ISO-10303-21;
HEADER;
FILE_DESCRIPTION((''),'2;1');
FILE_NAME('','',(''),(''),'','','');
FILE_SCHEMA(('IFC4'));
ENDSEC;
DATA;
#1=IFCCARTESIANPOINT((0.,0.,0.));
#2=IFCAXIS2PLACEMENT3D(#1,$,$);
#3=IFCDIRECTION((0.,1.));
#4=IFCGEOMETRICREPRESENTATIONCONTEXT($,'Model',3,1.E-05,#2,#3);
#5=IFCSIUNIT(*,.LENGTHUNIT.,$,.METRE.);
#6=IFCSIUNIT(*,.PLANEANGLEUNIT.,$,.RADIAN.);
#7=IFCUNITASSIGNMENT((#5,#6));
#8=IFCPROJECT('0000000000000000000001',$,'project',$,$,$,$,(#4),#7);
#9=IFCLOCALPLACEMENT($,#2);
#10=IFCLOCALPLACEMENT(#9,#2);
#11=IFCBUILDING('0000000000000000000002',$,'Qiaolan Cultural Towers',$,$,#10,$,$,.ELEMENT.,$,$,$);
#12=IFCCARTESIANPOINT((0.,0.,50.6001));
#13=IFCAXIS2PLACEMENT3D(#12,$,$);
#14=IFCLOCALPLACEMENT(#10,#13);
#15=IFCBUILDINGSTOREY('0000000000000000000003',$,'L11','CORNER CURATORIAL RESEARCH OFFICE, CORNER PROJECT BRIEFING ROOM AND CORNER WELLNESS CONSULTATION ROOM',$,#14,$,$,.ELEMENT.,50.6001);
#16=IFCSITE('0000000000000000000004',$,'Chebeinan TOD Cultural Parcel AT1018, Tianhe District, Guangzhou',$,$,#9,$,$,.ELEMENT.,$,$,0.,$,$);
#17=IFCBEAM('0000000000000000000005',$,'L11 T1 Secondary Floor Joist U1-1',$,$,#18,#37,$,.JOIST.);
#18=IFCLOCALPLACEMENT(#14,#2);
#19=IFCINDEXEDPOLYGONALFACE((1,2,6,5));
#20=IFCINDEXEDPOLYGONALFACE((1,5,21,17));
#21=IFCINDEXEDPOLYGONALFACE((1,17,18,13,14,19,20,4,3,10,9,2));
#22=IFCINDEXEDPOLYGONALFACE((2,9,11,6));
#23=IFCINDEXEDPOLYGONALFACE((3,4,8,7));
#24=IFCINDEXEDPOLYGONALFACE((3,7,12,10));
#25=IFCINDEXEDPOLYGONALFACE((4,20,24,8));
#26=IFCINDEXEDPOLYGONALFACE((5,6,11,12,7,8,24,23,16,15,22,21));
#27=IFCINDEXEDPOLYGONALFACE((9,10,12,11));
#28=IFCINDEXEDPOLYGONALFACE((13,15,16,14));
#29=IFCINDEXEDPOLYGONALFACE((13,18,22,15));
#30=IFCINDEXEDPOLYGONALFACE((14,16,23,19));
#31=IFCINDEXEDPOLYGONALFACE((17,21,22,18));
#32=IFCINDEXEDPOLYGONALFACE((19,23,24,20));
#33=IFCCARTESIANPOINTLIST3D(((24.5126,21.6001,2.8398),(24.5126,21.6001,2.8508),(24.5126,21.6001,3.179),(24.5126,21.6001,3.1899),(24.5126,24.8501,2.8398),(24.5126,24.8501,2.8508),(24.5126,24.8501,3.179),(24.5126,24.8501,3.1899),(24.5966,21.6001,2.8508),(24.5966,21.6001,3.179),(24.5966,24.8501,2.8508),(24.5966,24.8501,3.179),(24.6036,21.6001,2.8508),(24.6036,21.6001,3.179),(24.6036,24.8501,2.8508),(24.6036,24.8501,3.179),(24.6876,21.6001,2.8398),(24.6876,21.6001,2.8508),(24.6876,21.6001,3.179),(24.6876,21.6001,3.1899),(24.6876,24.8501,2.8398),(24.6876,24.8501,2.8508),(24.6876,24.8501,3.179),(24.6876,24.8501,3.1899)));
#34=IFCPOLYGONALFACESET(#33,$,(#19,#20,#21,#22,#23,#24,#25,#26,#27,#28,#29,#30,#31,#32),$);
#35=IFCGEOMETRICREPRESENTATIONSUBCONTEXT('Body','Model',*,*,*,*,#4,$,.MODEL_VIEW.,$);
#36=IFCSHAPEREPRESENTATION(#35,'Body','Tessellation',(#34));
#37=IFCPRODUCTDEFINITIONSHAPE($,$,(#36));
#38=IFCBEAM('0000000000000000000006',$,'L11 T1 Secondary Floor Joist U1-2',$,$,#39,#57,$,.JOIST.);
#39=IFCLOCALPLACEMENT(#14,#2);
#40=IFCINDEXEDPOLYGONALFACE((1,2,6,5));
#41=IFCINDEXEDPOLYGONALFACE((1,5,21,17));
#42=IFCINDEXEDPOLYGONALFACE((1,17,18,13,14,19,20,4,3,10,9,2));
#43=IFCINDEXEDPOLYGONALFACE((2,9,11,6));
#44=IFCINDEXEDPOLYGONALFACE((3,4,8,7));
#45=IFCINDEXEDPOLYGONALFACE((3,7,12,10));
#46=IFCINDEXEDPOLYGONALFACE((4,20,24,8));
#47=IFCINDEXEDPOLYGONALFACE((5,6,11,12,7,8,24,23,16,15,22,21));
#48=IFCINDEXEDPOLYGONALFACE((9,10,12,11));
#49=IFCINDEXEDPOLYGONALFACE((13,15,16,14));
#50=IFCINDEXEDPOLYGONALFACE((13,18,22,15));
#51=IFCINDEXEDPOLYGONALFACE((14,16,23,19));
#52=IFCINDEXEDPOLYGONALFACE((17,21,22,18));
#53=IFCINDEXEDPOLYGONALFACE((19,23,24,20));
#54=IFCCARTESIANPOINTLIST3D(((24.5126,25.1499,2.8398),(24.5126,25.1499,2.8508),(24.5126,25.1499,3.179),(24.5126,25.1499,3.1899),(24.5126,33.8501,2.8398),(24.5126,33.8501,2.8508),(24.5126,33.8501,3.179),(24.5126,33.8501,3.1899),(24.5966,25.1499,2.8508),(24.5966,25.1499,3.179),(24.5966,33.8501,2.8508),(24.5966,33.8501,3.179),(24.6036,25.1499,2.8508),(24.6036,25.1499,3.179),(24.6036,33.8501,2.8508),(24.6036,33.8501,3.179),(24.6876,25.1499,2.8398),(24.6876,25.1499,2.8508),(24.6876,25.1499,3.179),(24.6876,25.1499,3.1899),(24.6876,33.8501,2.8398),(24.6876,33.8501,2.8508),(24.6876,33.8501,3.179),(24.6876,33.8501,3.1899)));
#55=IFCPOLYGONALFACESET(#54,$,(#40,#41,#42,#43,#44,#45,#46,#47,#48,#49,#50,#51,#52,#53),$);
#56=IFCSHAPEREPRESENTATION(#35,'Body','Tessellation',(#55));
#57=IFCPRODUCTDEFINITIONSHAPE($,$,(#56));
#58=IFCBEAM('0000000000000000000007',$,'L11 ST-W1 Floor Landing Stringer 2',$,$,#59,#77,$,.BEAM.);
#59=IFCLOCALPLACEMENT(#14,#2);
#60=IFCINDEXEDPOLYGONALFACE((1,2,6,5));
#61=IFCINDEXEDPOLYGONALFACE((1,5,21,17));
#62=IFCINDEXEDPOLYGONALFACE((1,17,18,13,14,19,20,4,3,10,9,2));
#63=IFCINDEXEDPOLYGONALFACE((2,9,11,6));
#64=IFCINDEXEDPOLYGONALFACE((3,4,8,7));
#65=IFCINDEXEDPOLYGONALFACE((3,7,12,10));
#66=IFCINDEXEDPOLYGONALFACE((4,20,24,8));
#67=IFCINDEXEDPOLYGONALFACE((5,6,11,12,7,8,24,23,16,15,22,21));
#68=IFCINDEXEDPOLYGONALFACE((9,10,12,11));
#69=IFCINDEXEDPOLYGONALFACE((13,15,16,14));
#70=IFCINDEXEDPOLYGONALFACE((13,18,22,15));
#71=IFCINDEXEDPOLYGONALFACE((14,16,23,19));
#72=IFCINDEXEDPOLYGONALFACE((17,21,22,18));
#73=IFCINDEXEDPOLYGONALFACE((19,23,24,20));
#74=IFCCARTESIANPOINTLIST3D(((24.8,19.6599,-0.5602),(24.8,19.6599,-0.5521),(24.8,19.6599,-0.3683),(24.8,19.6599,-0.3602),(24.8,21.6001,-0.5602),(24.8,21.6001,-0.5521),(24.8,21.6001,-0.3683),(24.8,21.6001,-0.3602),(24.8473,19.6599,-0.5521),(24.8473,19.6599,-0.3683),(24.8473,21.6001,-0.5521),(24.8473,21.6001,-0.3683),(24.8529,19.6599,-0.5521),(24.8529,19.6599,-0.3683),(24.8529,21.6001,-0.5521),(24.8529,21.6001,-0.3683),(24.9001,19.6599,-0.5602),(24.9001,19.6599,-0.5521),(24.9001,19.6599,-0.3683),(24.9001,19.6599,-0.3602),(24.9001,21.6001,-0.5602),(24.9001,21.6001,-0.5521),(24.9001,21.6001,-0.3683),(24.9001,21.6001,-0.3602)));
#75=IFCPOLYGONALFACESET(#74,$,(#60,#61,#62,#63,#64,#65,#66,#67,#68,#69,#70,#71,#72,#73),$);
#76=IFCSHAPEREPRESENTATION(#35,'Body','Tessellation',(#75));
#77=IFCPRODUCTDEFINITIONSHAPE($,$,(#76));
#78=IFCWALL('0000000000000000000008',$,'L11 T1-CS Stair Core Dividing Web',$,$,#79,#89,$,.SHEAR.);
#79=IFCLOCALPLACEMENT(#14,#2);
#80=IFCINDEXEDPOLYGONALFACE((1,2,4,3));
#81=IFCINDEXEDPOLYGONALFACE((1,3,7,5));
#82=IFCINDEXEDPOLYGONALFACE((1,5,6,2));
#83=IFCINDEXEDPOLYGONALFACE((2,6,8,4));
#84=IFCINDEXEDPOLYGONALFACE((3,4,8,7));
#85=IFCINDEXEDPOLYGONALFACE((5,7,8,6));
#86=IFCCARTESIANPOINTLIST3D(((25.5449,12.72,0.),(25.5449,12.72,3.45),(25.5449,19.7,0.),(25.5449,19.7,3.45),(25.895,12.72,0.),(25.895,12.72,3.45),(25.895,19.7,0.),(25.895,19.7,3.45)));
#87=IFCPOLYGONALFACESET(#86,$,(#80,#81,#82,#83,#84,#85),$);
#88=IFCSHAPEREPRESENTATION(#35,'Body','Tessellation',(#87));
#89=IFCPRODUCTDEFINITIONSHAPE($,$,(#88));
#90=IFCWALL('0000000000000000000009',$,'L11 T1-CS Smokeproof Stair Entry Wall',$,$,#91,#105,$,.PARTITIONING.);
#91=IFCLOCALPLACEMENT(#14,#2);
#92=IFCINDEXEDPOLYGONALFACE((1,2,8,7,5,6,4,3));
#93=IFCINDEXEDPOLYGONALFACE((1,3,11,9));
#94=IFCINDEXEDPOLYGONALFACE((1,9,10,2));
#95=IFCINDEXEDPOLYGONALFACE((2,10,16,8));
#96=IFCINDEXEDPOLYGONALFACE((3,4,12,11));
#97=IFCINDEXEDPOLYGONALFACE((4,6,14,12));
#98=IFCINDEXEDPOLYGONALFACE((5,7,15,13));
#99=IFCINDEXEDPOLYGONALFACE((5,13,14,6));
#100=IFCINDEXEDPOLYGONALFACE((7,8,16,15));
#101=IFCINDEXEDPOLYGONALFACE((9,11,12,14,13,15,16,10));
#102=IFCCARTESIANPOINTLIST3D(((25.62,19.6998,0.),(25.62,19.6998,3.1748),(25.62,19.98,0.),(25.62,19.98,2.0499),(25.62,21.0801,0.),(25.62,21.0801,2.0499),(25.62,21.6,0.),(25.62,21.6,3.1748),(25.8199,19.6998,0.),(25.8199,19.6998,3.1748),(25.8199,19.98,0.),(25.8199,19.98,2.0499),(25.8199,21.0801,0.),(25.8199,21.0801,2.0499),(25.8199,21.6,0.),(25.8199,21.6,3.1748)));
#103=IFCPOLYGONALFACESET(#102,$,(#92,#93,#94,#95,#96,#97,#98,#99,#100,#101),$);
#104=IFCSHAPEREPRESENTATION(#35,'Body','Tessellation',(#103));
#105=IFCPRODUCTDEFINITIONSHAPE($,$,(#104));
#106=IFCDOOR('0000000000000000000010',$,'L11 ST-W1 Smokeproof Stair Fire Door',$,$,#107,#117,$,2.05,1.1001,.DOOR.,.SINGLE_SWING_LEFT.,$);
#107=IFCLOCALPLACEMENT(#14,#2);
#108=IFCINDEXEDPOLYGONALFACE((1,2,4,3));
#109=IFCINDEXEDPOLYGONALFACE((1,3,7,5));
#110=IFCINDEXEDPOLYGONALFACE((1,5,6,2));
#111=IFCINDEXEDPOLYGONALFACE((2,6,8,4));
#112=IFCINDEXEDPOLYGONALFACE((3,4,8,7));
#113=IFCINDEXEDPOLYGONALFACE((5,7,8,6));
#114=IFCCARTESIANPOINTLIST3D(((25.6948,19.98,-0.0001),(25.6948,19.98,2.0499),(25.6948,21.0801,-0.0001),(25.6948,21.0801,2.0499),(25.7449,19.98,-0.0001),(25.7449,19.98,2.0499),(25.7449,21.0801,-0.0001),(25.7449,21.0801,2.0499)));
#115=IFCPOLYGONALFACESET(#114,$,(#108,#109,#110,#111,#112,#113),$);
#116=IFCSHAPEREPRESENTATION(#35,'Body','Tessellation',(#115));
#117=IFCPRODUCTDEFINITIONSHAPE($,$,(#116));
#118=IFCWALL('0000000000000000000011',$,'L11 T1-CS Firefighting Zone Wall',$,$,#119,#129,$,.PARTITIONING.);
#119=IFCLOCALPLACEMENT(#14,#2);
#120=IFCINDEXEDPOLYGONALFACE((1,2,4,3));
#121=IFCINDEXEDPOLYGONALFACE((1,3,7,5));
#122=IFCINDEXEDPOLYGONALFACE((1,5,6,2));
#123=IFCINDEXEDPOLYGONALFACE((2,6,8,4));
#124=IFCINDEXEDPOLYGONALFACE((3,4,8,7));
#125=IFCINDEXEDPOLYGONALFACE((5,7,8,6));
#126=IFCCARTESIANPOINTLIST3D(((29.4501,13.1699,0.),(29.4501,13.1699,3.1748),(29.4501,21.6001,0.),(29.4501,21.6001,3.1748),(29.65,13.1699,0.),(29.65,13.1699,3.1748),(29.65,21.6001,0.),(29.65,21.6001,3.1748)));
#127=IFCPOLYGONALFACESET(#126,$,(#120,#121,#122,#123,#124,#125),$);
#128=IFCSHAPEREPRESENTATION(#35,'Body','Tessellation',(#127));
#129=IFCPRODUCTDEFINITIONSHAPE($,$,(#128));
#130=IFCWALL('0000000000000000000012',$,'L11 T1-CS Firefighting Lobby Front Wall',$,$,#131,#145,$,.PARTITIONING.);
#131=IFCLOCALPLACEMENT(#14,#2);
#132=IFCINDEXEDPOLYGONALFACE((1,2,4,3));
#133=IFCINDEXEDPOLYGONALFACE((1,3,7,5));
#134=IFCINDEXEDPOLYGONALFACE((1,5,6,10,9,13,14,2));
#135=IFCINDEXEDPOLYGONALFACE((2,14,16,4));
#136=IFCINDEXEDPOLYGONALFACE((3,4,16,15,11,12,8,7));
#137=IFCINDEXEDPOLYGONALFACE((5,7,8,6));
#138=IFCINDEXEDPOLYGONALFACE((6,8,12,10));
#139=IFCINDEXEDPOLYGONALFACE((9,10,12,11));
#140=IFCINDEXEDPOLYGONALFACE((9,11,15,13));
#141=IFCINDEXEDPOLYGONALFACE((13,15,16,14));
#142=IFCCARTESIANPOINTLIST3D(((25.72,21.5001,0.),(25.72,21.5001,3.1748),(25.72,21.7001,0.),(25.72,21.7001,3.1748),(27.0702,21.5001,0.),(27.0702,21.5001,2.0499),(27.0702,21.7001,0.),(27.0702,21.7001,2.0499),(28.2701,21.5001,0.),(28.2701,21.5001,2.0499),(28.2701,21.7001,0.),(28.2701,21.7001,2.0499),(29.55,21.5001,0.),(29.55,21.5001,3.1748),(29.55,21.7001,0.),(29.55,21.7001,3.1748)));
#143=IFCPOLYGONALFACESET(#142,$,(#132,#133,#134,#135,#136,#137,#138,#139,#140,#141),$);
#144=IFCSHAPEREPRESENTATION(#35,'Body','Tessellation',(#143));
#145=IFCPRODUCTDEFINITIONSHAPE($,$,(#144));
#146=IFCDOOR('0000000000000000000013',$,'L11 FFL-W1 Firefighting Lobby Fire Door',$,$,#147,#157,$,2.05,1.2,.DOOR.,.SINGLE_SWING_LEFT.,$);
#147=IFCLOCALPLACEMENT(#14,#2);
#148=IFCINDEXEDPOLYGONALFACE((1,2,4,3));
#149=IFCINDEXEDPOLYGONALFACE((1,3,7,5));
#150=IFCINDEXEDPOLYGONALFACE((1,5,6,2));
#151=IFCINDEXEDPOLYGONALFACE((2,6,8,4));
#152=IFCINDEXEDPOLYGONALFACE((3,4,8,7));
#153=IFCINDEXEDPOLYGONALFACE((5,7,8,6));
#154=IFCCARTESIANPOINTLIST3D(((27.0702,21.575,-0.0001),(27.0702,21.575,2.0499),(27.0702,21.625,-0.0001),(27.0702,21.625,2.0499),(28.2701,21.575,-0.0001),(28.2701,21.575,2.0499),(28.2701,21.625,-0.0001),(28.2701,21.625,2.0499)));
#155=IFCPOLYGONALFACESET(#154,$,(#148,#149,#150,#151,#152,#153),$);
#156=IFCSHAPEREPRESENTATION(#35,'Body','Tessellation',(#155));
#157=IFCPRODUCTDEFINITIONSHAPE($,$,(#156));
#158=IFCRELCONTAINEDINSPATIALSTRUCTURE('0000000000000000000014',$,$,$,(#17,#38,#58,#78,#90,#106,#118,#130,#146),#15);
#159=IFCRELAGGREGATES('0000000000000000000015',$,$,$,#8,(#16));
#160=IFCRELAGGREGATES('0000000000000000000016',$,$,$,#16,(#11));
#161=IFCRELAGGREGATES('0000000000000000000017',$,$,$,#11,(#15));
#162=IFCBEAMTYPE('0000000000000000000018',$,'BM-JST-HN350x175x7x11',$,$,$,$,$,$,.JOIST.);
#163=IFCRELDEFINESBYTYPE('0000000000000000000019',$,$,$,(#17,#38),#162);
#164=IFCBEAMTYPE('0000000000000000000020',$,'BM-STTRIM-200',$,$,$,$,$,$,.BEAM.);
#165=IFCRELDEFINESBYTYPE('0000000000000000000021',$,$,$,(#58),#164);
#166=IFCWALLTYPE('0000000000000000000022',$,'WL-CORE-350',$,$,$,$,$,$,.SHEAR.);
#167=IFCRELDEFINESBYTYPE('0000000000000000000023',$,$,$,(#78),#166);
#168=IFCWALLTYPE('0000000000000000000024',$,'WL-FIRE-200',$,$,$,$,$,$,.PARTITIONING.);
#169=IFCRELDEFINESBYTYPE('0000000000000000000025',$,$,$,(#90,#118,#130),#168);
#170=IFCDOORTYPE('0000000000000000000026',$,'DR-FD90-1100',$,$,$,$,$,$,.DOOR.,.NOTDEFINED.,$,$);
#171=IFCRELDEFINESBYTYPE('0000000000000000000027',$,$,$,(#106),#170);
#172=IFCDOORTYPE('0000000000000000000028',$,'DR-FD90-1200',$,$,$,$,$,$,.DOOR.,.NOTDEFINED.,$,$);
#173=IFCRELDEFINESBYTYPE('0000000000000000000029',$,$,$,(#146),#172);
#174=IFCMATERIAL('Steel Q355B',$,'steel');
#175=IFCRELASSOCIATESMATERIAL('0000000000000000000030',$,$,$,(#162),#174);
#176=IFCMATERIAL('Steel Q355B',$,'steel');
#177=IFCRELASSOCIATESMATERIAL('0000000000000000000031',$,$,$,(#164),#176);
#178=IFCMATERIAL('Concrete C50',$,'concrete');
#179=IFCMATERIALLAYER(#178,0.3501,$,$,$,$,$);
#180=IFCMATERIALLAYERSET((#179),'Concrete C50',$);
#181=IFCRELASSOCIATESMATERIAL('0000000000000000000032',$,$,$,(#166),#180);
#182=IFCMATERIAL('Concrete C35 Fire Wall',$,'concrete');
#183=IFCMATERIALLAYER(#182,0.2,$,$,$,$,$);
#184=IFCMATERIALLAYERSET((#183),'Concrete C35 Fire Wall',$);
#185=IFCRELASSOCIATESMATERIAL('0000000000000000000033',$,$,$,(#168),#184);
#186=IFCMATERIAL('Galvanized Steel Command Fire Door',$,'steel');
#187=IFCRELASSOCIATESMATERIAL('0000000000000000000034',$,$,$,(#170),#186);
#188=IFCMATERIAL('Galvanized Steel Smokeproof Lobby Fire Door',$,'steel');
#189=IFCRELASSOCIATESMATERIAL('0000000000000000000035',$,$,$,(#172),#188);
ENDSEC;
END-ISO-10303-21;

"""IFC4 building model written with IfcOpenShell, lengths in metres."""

from ifc_helpers import new_model, si_unit, direction, frame, frame_2d, origin, origin_2d, place, context, subcontext, project, spatial, rectangle, i_section, extrude, material, layer, layer_set, material_profile, profile_set, type_object, element, fill, save


model = new_model("IFC4")

# Units and contexts
model_context = context("Model", 3, precision=1e-05, world=origin(), true_north=direction((0.0, 1.0)))
body_context = subcontext(model_context, "Body", "Model", "MODEL_VIEW")
ifc_project = project(units=[si_unit("LENGTHUNIT", "METRE"), si_unit("PLANEANGLEUNIT", "RADIAN")], contexts=[model_context])

# Site, building, storey
site_placement = place(None, origin())
site = spatial("IfcSite", under=ifc_project, at=site_placement, Name="Chebeinan TOD Cultural Parcel AT1018, Tianhe District, Guangzhou", CompositionType="ELEMENT", RefElevation=0.0)
building_placement = place(site_placement, origin())
building = spatial("IfcBuilding", under=site, at=building_placement, Name="Qiaolan Cultural Towers", CompositionType="ELEMENT")
storey_placement = place(building_placement, frame((0.0, 0.0, 50.6001)))
storey = spatial("IfcBuildingStorey", under=building, at=storey_placement, Name="L11", Description="CORNER CURATORIAL RESEARCH OFFICE, CORNER PROJECT BRIEFING ROOM AND CORNER WELLNESS CONSULTATION ROOM", CompositionType="ELEMENT", Elevation=50.6001)

# Beams
ifc_material_1 = material(Name="Steel Q355B", Category="steel")
ifc_material_profile_1 = material_profile(ifc_material_1, i_section(OverallWidth=0.175, OverallDepth=0.3501, WebThickness=0.0071, FlangeThickness=0.011, at=origin_2d()), Name="HN350x175x7x11")
ifc_profile_set_1 = profile_set([ifc_material_profile_1], Name="Steel Q355B")
beam_type_1 = type_object("IfcBeamType", Name="BM-JST-HN350x175x7x11", PredefinedType="JOIST", material=ifc_profile_set_1)
beam_1_placement = place(storey_placement, frame((24.6001, 21.6001, 3.0149), z_axis=(0.0, 1.0, 0.0), x_axis=(-1.0, 0.0, 0.0)))
element("IfcBeam", 1, at=beam_1_placement, inside=storey, type_object=beam_type_1, Name="L11 T1 Secondary Floor Joist U1-1", PredefinedType="JOIST", context=body_context, shape_type="SweptSolid", body=[
    extrude(i_section(OverallWidth=0.175, OverallDepth=0.3501, WebThickness=0.0071, FlangeThickness=0.011, at=origin_2d()), origin(), (0.0, 0.0, 1.0), 3.25),
])
beam_2_placement = place(storey_placement, frame((24.6001, 25.1499, 3.0149), z_axis=(0.0, 1.0, 0.0), x_axis=(-1.0, 0.0, 0.0)))
element("IfcBeam", 2, at=beam_2_placement, inside=storey, type_object=beam_type_1, Name="L11 T1 Secondary Floor Joist U1-2", PredefinedType="JOIST", context=body_context, shape_type="SweptSolid", body=[
    extrude(i_section(OverallWidth=0.175, OverallDepth=0.3501, WebThickness=0.0071, FlangeThickness=0.011, at=origin_2d()), origin(), (0.0, 0.0, 1.0), 8.7002),
])
ifc_material_2 = material(Name="Steel Q355B", Category="steel")
ifc_material_profile_2 = material_profile(ifc_material_2, i_section(OverallWidth=0.1001, OverallDepth=0.2, WebThickness=0.0056, FlangeThickness=0.0081, at=origin_2d()), Name="HN200x100x5.5x8")
ifc_profile_set_2 = profile_set([ifc_material_profile_2], Name="Steel Q355B")
beam_type_2 = type_object("IfcBeamType", Name="BM-STTRIM-200", PredefinedType="BEAM", material=ifc_profile_set_2)
beam_3_placement = place(storey_placement, frame((24.8501, 21.6001, -0.4602), z_axis=(0.0, -1.0, 0.0), x_axis=(1.0, 0.0, 0.0)))
element("IfcBeam", 3, at=beam_3_placement, inside=storey, type_object=beam_type_2, Name="L11 ST-W1 Floor Landing Stringer 2", PredefinedType="BEAM", context=body_context, shape_type="SweptSolid", body=[
    extrude(i_section(OverallWidth=0.1001, OverallDepth=0.2, WebThickness=0.0056, FlangeThickness=0.0081, at=origin_2d()), origin(), (0.0, 0.0, 1.0), 1.9402),
])

# Wall
ifc_material_3 = material(Name="Concrete C50", Category="concrete")
ifc_layer_1 = layer(ifc_material_3, 0.3501)
ifc_layer_set_1 = layer_set([ifc_layer_1], Name="Concrete C50")
wall_type_1 = type_object("IfcWallType", Name="WL-CORE-350", PredefinedType="SHEAR", material=ifc_layer_set_1)
wall_1_placement = place(storey_placement, frame((25.72, 19.7, 0.0), z_axis=(0.0, 0.0, 1.0), x_axis=(0.0, -1.0, 0.0)))
element("IfcWall", 4, at=wall_1_placement, inside=storey, type_object=wall_type_1, Name="L11 T1-CS Stair Core Dividing Web", PredefinedType="SHEAR", context=body_context, shape_type="SweptSolid", body=[
    extrude(rectangle(XDim=6.98, YDim=0.3501, at=frame_2d((3.49, 0.0))), origin(), (0.0, 0.0, 1.0), 3.45),
])

# Wall, opening, door
ifc_material_4 = material(Name="Concrete C35 Fire Wall", Category="concrete")
ifc_layer_2 = layer(ifc_material_4, 0.2)
ifc_layer_set_2 = layer_set([ifc_layer_2], Name="Concrete C35 Fire Wall")
wall_type_2 = type_object("IfcWallType", Name="WL-FIRE-200", PredefinedType="PARTITIONING", material=ifc_layer_set_2)
wall_2_placement = place(storey_placement, frame((25.72, 21.6001, 0.0), z_axis=(0.0, 0.0, 1.0), x_axis=(0.0, -1.0, 0.0)))
wall_2 = element("IfcWall", 5, at=wall_2_placement, inside=storey, type_object=wall_type_2, Name="L11 T1-CS Smokeproof Stair Entry Wall", PredefinedType="PARTITIONING", context=body_context, shape_type="SweptSolid", body=[
    extrude(rectangle(XDim=1.9001, YDim=0.2, at=frame_2d((0.9502, 0.0))), origin(), (0.0, 0.0, 1.0), 3.1748),
])
opening_1_placement = place(wall_2_placement, frame((0.52, 0.0, 0.0)))
opening_1 = element("IfcOpeningElement", 6, at=opening_1_placement, cuts=wall_2, PredefinedType="OPENING", context=body_context, shape_type="SweptSolid", body=[
    extrude(rectangle(XDim=1.1001, YDim=2.05, at=frame_2d((0.55, 1.0249))), frame((0.0, 0.1099, 0.0), z_axis=(0.0, -1.0, 0.0), x_axis=(1.0, 0.0, 0.0)), (0.0, 0.0, 1.0), 0.22),
])
ifc_material_5 = material(Name="Galvanized Steel Command Fire Door", Category="steel")
door_type_1 = type_object("IfcDoorType", Name="DR-FD90-1100", OperationType="NOTDEFINED", PredefinedType="DOOR", material=ifc_material_5)
door_1_placement = place(opening_1_placement, origin())
door_1 = element("IfcDoor", 7, at=door_1_placement, inside=storey, type_object=door_type_1, Name="L11 ST-W1 Smokeproof Stair Fire Door", OperationType="SINGLE_SWING_LEFT", OverallHeight=2.05, OverallWidth=1.1001, PredefinedType="DOOR", context=body_context, shape_type="SweptSolid", body=[
    extrude(rectangle(XDim=1.1001, YDim=2.05, at=frame_2d((0.55, 1.0249))), frame((0.0, 0.0249, 0.0), z_axis=(0.0, -1.0, 0.0), x_axis=(1.0, 0.0, 0.0)), (0.0, 0.0, 1.0), 0.05),
])
fill(opening_1, door_1)

# Wall
wall_3_placement = place(storey_placement, frame((29.55, 21.6001, 0.0), z_axis=(0.0, 0.0, 1.0), x_axis=(0.0, -1.0, 0.0)))
element("IfcWall", 8, at=wall_3_placement, inside=storey, type_object=wall_type_2, Name="L11 T1-CS Firefighting Zone Wall", PredefinedType="PARTITIONING", context=body_context, shape_type="SweptSolid", body=[
    extrude(rectangle(XDim=8.4302, YDim=0.2, at=frame_2d((4.2151, 0.0))), origin(), (0.0, 0.0, 1.0), 3.1748),
])

# Wall, opening, door
wall_4_placement = place(storey_placement, frame((25.72, 21.6001, 0.0), z_axis=(0.0, 0.0, 1.0), x_axis=(1.0, 0.0, 0.0)))
wall_4 = element("IfcWall", 9, at=wall_4_placement, inside=storey, type_object=wall_type_2, Name="L11 T1-CS Firefighting Lobby Front Wall", PredefinedType="PARTITIONING", context=body_context, shape_type="SweptSolid", body=[
    extrude(rectangle(XDim=3.8301, YDim=0.2, at=frame_2d((1.915, 0.0))), origin(), (0.0, 0.0, 1.0), 3.1748),
])
opening_2_placement = place(wall_4_placement, frame((1.3501, 0.0, 0.0)))
opening_2 = element("IfcOpeningElement", 10, at=opening_2_placement, cuts=wall_4, PredefinedType="OPENING", context=body_context, shape_type="SweptSolid", body=[
    extrude(rectangle(XDim=1.2, YDim=2.05, at=frame_2d((0.6001, 1.0249))), frame((0.0, 0.1099, 0.0), z_axis=(0.0, -1.0, 0.0), x_axis=(1.0, 0.0, 0.0)), (0.0, 0.0, 1.0), 0.22),
])
ifc_material_6 = material(Name="Galvanized Steel Smokeproof Lobby Fire Door", Category="steel")
door_type_2 = type_object("IfcDoorType", Name="DR-FD90-1200", OperationType="NOTDEFINED", PredefinedType="DOOR", material=ifc_material_6)
door_2_placement = place(opening_2_placement, origin())
door_2 = element("IfcDoor", 11, at=door_2_placement, inside=storey, type_object=door_type_2, Name="L11 FFL-W1 Firefighting Lobby Fire Door", OperationType="SINGLE_SWING_LEFT", OverallHeight=2.05, OverallWidth=1.2, PredefinedType="DOOR", context=body_context, shape_type="SweptSolid", body=[
    extrude(rectangle(XDim=1.2, YDim=2.05, at=frame_2d((0.6001, 1.0249))), frame((0.0, 0.0249, 0.0), z_axis=(0.0, -1.0, 0.0), x_axis=(1.0, 0.0, 0.0)), (0.0, 0.0, 1.0), 0.05),
])
fill(opening_2, door_2)

save(model, "model.ifc")
